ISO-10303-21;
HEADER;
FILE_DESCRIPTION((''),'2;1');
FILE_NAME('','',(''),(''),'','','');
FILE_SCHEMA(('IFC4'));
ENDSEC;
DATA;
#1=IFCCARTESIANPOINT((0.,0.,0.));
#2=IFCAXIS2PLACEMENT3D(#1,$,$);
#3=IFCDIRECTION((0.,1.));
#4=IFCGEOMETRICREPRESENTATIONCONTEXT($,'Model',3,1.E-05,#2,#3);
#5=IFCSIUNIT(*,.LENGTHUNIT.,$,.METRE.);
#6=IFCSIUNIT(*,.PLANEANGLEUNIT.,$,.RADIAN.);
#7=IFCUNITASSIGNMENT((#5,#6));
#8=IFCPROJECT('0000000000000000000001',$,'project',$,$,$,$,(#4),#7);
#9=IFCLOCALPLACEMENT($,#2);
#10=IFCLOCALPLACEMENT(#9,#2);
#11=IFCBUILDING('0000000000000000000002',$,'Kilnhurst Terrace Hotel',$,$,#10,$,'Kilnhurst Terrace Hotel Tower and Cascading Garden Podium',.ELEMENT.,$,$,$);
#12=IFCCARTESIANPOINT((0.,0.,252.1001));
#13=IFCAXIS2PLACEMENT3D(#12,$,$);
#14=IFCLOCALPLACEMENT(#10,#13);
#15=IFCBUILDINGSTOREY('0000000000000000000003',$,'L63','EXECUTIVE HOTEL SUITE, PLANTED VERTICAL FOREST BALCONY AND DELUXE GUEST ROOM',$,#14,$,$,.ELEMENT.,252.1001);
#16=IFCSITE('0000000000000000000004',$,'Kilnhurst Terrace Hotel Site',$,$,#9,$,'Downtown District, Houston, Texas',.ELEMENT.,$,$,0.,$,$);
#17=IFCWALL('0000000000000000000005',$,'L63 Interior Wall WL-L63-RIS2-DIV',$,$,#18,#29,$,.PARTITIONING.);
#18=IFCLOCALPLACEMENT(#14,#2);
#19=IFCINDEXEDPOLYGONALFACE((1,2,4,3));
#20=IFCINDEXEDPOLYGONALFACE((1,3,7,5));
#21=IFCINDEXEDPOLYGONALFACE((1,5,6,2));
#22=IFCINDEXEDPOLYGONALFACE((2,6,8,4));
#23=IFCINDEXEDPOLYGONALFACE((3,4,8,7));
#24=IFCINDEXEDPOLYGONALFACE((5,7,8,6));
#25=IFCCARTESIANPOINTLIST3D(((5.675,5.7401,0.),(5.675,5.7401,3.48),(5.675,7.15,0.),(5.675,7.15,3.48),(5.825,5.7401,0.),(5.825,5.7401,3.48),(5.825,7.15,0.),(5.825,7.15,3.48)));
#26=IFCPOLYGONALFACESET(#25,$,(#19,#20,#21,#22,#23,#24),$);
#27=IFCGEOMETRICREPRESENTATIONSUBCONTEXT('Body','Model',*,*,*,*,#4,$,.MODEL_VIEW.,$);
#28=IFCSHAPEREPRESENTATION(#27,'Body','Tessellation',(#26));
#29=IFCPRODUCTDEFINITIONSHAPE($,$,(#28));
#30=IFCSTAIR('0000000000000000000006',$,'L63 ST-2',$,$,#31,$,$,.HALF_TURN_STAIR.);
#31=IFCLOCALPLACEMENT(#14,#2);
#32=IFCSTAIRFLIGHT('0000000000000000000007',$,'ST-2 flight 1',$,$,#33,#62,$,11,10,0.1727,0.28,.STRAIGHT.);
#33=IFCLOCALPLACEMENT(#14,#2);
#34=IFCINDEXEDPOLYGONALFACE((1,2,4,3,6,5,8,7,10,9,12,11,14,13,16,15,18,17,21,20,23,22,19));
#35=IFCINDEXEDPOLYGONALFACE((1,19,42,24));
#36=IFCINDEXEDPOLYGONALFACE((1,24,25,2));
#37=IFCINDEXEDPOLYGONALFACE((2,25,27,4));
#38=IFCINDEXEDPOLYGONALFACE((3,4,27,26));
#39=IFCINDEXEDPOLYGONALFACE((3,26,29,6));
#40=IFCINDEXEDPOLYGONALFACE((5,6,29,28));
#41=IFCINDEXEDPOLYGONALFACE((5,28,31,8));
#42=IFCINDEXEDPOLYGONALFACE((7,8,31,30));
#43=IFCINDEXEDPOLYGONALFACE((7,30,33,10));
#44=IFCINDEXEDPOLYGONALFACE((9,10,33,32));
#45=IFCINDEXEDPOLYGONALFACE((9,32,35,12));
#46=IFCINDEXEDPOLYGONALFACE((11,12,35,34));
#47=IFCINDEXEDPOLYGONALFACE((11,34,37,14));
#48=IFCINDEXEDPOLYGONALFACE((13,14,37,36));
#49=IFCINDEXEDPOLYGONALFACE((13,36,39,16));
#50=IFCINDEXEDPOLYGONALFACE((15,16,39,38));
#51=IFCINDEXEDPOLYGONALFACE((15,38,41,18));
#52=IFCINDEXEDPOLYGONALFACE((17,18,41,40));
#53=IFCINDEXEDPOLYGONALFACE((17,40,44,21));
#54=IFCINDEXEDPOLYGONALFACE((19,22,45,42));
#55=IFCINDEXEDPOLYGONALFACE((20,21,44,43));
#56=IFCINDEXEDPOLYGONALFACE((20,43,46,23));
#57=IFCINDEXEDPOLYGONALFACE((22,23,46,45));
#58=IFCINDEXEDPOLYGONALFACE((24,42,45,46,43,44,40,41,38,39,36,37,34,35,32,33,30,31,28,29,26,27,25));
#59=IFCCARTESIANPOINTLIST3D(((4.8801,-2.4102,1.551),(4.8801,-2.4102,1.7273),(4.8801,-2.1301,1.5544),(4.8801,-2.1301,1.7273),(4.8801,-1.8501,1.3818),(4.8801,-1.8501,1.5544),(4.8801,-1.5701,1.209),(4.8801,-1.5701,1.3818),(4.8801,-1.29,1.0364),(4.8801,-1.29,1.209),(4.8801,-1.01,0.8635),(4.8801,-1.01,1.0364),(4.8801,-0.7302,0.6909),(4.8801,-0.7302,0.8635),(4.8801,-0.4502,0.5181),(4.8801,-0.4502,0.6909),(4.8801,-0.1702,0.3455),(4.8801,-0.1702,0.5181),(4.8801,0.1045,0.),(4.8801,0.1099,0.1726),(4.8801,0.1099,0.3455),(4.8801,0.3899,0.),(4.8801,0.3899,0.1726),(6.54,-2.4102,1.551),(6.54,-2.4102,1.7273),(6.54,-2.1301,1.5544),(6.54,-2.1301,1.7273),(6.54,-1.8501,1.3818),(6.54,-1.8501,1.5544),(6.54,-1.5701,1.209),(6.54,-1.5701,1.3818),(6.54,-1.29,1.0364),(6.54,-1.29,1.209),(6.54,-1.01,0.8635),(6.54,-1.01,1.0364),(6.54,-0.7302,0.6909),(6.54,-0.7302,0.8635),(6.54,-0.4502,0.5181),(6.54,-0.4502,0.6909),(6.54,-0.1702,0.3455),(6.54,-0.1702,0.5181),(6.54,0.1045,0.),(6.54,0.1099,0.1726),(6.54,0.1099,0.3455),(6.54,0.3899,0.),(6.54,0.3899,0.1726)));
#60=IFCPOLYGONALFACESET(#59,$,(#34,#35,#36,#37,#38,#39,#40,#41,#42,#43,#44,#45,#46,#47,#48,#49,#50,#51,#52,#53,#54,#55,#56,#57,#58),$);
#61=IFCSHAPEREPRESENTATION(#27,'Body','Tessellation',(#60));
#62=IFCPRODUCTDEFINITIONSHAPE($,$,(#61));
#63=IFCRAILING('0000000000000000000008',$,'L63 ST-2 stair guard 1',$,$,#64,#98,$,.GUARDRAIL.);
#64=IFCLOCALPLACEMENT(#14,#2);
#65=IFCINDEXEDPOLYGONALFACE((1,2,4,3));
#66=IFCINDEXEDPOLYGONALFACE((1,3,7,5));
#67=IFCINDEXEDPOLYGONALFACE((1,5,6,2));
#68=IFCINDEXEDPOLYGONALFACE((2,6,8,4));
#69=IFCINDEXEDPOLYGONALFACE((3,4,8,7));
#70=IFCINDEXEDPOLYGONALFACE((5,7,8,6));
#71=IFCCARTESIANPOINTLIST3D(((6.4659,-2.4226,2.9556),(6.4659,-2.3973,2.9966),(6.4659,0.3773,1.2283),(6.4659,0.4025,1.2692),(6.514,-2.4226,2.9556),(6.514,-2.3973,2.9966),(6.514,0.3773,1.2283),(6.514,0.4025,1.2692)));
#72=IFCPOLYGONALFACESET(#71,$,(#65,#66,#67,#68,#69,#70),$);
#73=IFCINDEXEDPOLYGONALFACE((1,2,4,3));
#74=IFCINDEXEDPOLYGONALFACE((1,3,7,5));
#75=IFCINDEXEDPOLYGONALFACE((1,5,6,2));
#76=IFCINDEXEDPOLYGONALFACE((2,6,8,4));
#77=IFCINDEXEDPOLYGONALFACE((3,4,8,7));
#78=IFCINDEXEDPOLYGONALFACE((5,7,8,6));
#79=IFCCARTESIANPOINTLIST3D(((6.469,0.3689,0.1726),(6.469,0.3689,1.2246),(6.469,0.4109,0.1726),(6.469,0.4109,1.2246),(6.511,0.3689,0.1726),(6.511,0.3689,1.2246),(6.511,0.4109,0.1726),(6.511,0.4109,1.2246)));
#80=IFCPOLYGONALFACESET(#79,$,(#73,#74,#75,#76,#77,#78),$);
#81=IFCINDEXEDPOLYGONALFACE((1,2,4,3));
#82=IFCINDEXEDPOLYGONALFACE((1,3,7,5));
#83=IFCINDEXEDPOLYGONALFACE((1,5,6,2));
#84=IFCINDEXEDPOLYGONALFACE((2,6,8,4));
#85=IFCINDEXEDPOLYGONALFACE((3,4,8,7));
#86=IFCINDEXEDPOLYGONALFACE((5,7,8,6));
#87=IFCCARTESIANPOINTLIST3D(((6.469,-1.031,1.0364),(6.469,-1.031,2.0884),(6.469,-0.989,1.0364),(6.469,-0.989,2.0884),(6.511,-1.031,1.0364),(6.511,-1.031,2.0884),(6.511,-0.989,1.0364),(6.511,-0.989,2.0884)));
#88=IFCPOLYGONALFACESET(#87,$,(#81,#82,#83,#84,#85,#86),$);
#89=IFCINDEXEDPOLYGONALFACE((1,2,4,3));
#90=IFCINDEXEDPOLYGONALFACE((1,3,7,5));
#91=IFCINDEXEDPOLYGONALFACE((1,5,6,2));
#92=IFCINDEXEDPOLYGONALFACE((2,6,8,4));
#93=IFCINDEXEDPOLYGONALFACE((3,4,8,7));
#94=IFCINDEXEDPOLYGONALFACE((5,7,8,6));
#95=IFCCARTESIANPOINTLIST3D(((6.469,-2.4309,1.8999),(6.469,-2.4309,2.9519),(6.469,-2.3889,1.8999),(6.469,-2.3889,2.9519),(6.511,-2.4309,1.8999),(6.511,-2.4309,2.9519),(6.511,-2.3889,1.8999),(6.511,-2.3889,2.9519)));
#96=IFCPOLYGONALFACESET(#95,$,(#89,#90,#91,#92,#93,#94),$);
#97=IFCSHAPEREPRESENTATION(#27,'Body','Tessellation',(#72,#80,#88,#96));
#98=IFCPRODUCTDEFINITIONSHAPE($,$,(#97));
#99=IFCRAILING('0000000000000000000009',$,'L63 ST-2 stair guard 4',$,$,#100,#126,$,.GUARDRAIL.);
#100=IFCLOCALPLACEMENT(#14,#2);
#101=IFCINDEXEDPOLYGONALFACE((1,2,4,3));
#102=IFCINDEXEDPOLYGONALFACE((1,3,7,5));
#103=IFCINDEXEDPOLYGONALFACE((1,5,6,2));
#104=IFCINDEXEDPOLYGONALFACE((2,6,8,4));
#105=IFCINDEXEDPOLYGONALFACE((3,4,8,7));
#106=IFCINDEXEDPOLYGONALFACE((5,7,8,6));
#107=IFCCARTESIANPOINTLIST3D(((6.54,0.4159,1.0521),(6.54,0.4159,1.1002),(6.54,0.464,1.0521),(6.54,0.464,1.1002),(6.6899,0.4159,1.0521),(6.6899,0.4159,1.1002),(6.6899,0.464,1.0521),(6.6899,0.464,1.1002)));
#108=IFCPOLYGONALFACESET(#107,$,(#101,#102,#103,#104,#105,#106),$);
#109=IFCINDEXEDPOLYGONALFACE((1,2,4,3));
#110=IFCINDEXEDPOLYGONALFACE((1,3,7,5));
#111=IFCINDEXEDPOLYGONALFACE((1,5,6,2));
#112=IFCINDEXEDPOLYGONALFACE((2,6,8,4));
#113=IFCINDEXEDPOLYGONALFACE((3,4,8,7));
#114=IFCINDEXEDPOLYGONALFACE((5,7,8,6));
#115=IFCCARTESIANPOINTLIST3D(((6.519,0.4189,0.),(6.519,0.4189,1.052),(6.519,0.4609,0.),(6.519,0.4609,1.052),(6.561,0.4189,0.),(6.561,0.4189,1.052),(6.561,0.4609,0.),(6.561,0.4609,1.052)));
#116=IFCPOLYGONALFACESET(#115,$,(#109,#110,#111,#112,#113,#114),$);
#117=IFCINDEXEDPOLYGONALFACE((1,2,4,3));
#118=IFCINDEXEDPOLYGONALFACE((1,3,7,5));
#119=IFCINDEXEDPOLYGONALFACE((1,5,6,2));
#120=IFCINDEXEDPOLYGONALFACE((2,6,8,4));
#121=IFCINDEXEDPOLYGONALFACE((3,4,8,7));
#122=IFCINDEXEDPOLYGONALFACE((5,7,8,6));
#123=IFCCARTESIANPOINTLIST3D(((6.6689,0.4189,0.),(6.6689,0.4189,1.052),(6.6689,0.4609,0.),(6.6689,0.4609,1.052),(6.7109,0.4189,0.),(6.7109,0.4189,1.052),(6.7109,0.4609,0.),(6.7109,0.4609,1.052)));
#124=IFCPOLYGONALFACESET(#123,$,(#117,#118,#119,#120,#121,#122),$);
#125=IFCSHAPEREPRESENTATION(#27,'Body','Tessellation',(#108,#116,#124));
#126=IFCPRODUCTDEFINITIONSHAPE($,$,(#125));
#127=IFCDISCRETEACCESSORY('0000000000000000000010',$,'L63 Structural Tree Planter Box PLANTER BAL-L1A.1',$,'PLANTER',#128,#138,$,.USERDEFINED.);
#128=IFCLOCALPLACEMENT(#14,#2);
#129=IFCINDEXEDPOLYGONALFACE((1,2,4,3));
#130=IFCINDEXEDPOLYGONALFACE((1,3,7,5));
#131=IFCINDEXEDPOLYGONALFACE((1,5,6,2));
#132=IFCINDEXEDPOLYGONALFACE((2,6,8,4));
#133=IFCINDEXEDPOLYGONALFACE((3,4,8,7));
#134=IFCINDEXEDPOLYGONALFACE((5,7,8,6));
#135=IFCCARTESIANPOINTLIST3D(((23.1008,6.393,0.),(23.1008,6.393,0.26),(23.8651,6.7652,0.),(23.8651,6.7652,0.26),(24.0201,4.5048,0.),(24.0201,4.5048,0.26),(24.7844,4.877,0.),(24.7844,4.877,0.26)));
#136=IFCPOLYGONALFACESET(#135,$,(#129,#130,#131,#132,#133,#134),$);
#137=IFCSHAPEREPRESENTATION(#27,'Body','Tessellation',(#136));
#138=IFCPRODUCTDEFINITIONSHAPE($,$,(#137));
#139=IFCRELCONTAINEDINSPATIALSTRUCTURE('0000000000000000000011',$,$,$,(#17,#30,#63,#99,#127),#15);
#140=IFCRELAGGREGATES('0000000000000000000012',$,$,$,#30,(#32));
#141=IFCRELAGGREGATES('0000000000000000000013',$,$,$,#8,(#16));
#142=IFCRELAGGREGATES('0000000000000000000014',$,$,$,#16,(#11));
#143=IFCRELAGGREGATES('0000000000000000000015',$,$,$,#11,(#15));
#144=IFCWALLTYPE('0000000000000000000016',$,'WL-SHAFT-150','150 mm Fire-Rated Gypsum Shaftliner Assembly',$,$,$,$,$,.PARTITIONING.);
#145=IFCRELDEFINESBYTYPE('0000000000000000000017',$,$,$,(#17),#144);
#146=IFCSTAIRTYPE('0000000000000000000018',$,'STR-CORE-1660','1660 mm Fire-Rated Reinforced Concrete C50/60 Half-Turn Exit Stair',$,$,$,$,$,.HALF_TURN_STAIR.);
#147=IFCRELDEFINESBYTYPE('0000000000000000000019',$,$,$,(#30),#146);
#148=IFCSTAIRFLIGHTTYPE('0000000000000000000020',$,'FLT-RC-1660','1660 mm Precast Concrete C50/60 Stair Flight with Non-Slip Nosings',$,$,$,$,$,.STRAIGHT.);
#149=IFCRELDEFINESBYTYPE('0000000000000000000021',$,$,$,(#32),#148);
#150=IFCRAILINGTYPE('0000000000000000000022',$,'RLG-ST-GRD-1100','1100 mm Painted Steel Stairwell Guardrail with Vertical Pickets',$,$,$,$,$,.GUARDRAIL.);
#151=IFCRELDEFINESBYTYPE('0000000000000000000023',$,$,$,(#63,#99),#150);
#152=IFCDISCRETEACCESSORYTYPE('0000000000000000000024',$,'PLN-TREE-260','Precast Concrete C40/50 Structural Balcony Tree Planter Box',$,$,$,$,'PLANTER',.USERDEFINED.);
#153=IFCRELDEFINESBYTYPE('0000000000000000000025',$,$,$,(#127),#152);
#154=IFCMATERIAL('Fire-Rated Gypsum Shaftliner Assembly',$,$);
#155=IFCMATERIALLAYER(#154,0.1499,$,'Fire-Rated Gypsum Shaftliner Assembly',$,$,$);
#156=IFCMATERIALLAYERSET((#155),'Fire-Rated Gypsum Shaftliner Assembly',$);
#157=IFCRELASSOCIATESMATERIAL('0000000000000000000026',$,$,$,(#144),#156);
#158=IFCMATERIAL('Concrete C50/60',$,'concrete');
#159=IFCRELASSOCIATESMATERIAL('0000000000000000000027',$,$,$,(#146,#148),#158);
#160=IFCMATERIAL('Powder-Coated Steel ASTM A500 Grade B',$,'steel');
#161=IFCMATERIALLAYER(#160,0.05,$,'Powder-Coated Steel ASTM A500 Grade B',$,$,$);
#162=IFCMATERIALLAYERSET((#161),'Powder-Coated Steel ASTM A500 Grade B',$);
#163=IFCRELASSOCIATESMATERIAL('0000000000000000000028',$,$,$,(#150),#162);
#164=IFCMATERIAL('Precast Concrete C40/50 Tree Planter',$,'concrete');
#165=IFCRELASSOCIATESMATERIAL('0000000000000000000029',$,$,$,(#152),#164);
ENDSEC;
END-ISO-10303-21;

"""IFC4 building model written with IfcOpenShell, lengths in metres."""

from ifc_helpers import new_model, si_unit, direction, frame, frame_2d, origin, origin_2d, place, context, subcontext, project, spatial, polyline, rectangle, outline, extrude, material, layer, layer_set, type_object, element, aggregate, save


model = new_model("IFC4")

# Units and contexts
model_context = context("Model", 3, precision=1e-05, world=origin(), true_north=direction((0.0, 1.0)))
body_context = subcontext(model_context, "Body", "Model", "MODEL_VIEW")
ifc_project = project(units=[si_unit("LENGTHUNIT", "METRE"), si_unit("PLANEANGLEUNIT", "RADIAN")], contexts=[model_context])

# Site, building, storey
site_placement = place(None, origin())
site = spatial("IfcSite", under=ifc_project, at=site_placement, Name="Kilnhurst Terrace Hotel Site", LongName="Downtown District, Houston, Texas", CompositionType="ELEMENT", RefElevation=0.0)
building_placement = place(site_placement, origin())
building = spatial("IfcBuilding", under=site, at=building_placement, Name="Kilnhurst Terrace Hotel", LongName="Kilnhurst Terrace Hotel Tower and Cascading Garden Podium", CompositionType="ELEMENT")
storey_placement = place(building_placement, frame((0.0, 0.0, 252.1001)))
storey = spatial("IfcBuildingStorey", under=building, at=storey_placement, Name="L63", Description="EXECUTIVE HOTEL SUITE, PLANTED VERTICAL FOREST BALCONY AND DELUXE GUEST ROOM", CompositionType="ELEMENT", Elevation=252.1001)

# Shared definitions
ifc_material_1 = material(Name="Concrete C50/60", Category="concrete")

# Wall
ifc_material_2 = material(Name="Fire-Rated Gypsum Shaftliner Assembly")
ifc_layer_1 = layer(ifc_material_2, 0.1499, Name="Fire-Rated Gypsum Shaftliner Assembly")
ifc_layer_set_1 = layer_set([ifc_layer_1], Name="Fire-Rated Gypsum Shaftliner Assembly")
wall_type_1 = type_object("IfcWallType", Name="WL-SHAFT-150", Description="150 mm Fire-Rated Gypsum Shaftliner Assembly", PredefinedType="PARTITIONING", material=ifc_layer_set_1)
wall_1_placement = place(storey_placement, frame((5.75, 5.74, 0.0), z_axis=(0.0, 0.0, 1.0), x_axis=(0.0, 1.0, 0.0)))
element("IfcWall", 1, at=wall_1_placement, inside=storey, type_object=wall_type_1, Name="L63 Interior Wall WL-L63-RIS2-DIV", PredefinedType="PARTITIONING", context=body_context, shape_type="SweptSolid", body=[
    extrude(rectangle(XDim=1.4099, YDim=0.1499, at=frame_2d((0.7051, 0.0))), origin(), (0.0, 0.0, 1.0), 3.48),
])

# Stair, stair flight
stair_type = type_object("IfcStairType", Name="STR-CORE-1660", Description="1660 mm Fire-Rated Reinforced Concrete C50/60 Half-Turn Exit Stair", PredefinedType="HALF_TURN_STAIR", material=ifc_material_1)
stair_placement = place(storey_placement, origin())
stair = element("IfcStair", 2, at=stair_placement, inside=storey, type_object=stair_type, Name="L63 ST-2", PredefinedType="HALF_TURN_STAIR")
stair_flight_type = type_object("IfcStairFlightType", Name="FLT-RC-1660", Description="1660 mm Precast Concrete C50/60 Stair Flight with Non-Slip Nosings", PredefinedType="STRAIGHT", material=ifc_material_1)
stair_flight_placement = place(storey_placement, frame((5.71, 0.3899, 0.0), z_axis=(0.0, 0.0, 1.0), x_axis=(0.0, -1.0, 0.0)))
stair_flight = element("IfcStairFlight", 3, at=stair_flight_placement, type_object=stair_flight_type, Name="ST-2 flight 1", NumberOfRisers=11, NumberOfTreads=10, PredefinedType="STRAIGHT", RiserHeight=0.1727, TreadLength=0.28, context=body_context, shape_type="SweptSolid", body=[
    extrude(outline(polyline([(0.0, 0.0), (0.0, 0.1726), (0.28, 0.1726), (0.28, 0.3455), (0.5601, 0.3455), (0.5601, 0.5181), (0.8401, 0.5181), (0.8401, 0.6909), (1.1201, 0.6909), (1.1201, 0.8635), (1.3999, 0.8635), (1.3999, 1.0364), (1.6799, 1.0364), (1.6799, 1.209), (1.96, 1.209), (1.96, 1.3818), (2.24, 1.3818), (2.24, 1.5544), (2.52, 1.5544), (2.52, 1.7273), (2.8, 1.7273), (2.8, 1.8999), (2.8, 1.551), (0.2854, 0.0), (0.0, 0.0)])), frame((0.0, 0.8301, 0.0), z_axis=(0.0, -1.0, 0.0), x_axis=(1.0, 0.0, 0.0)), (0.0, 0.0, 1.0), 1.6599),
])
aggregate(stair, [stair_flight])

# Railings
ifc_material_3 = material(Name="Powder-Coated Steel ASTM A500 Grade B", Category="steel")
ifc_layer_2 = layer(ifc_material_3, 0.05, Name="Powder-Coated Steel ASTM A500 Grade B")
ifc_layer_set_2 = layer_set([ifc_layer_2], Name="Powder-Coated Steel ASTM A500 Grade B")
railing_type = type_object("IfcRailingType", Name="RLG-ST-GRD-1100", Description="1100 mm Painted Steel Stairwell Guardrail with Vertical Pickets", PredefinedType="GUARDRAIL", material=ifc_layer_set_2)
railing_1_placement = place(storey_placement, frame((6.49, 0.3899, 0.1726)))
element("IfcRailing", 4, at=railing_1_placement, inside=storey, type_object=railing_type, Name="L63 ST-2 stair guard 1", PredefinedType="GUARDRAIL", context=body_context, shape_type="SweptSolid", body=[
    extrude(rectangle(XDim=0.0481, YDim=0.0481, at=origin_2d()), frame((0.0, 0.0, 1.0762), z_axis=(0.0, -0.851069, 0.525054), x_axis=(1.0, 0.0, 0.0)), (0.0, 0.0, 1.0), 3.2898),
    extrude(rectangle(XDim=0.042, YDim=0.042, at=origin_2d()), origin(), (0.0, 0.0, 1.0), 1.052),
    extrude(rectangle(XDim=0.042, YDim=0.042, at=origin_2d()), frame((0.0, -1.3999, 0.8638)), (0.0, 0.0, 1.0), 1.052),
    extrude(rectangle(XDim=0.042, YDim=0.042, at=origin_2d()), frame((0.0, -2.7998, 1.7273)), (0.0, 0.0, 1.0), 1.052),
])
railing_2_placement = place(storey_placement, frame((6.54, 0.4399, 0.0)))
element("IfcRailing", 5, at=railing_2_placement, inside=storey, type_object=railing_type, Name="L63 ST-2 stair guard 4", PredefinedType="GUARDRAIL", context=body_context, shape_type="SweptSolid", body=[
    extrude(rectangle(XDim=0.0481, YDim=0.0481, at=origin_2d()), frame((0.0, 0.0, 1.0762), z_axis=(1.0, 0.0, 0.0), x_axis=(0.0, 1.0, 0.0)), (0.0, 0.0, 1.0), 0.1499),
    extrude(rectangle(XDim=0.042, YDim=0.042, at=origin_2d()), origin(), (0.0, 0.0, 1.0), 1.052),
    extrude(rectangle(XDim=0.042, YDim=0.042, at=origin_2d()), frame((0.1499, 0.0, 0.0)), (0.0, 0.0, 1.0), 1.052),
])

# Discrete accessory
ifc_material_4 = material(Name="Precast Concrete C40/50 Tree Planter", Category="concrete")
discrete_accessory_type = type_object("IfcDiscreteAccessoryType", Name="PLN-TREE-260", Description="Precast Concrete C40/50 Structural Balcony Tree Planter Box", ElementType="PLANTER", PredefinedType="USERDEFINED", material=ifc_material_4)
discrete_accessory_placement = place(storey_placement, frame((23.9426, 5.635, 0.0), z_axis=(0.0, 0.0, 1.0), x_axis=(-0.437744, 0.8991, 0.0)))
element("IfcDiscreteAccessory", 6, at=discrete_accessory_placement, inside=storey, type_object=discrete_accessory_type, Name="L63 Structural Tree Planter Box PLANTER BAL-L1A.1", ObjectType="PLANTER", PredefinedType="USERDEFINED", context=body_context, shape_type="SweptSolid", body=[
    extrude(rectangle(XDim=2.1001, YDim=0.8501, at=origin_2d()), origin(), (0.0, 0.0, 1.0), 0.26),
])

save(model, "model.ifc")
